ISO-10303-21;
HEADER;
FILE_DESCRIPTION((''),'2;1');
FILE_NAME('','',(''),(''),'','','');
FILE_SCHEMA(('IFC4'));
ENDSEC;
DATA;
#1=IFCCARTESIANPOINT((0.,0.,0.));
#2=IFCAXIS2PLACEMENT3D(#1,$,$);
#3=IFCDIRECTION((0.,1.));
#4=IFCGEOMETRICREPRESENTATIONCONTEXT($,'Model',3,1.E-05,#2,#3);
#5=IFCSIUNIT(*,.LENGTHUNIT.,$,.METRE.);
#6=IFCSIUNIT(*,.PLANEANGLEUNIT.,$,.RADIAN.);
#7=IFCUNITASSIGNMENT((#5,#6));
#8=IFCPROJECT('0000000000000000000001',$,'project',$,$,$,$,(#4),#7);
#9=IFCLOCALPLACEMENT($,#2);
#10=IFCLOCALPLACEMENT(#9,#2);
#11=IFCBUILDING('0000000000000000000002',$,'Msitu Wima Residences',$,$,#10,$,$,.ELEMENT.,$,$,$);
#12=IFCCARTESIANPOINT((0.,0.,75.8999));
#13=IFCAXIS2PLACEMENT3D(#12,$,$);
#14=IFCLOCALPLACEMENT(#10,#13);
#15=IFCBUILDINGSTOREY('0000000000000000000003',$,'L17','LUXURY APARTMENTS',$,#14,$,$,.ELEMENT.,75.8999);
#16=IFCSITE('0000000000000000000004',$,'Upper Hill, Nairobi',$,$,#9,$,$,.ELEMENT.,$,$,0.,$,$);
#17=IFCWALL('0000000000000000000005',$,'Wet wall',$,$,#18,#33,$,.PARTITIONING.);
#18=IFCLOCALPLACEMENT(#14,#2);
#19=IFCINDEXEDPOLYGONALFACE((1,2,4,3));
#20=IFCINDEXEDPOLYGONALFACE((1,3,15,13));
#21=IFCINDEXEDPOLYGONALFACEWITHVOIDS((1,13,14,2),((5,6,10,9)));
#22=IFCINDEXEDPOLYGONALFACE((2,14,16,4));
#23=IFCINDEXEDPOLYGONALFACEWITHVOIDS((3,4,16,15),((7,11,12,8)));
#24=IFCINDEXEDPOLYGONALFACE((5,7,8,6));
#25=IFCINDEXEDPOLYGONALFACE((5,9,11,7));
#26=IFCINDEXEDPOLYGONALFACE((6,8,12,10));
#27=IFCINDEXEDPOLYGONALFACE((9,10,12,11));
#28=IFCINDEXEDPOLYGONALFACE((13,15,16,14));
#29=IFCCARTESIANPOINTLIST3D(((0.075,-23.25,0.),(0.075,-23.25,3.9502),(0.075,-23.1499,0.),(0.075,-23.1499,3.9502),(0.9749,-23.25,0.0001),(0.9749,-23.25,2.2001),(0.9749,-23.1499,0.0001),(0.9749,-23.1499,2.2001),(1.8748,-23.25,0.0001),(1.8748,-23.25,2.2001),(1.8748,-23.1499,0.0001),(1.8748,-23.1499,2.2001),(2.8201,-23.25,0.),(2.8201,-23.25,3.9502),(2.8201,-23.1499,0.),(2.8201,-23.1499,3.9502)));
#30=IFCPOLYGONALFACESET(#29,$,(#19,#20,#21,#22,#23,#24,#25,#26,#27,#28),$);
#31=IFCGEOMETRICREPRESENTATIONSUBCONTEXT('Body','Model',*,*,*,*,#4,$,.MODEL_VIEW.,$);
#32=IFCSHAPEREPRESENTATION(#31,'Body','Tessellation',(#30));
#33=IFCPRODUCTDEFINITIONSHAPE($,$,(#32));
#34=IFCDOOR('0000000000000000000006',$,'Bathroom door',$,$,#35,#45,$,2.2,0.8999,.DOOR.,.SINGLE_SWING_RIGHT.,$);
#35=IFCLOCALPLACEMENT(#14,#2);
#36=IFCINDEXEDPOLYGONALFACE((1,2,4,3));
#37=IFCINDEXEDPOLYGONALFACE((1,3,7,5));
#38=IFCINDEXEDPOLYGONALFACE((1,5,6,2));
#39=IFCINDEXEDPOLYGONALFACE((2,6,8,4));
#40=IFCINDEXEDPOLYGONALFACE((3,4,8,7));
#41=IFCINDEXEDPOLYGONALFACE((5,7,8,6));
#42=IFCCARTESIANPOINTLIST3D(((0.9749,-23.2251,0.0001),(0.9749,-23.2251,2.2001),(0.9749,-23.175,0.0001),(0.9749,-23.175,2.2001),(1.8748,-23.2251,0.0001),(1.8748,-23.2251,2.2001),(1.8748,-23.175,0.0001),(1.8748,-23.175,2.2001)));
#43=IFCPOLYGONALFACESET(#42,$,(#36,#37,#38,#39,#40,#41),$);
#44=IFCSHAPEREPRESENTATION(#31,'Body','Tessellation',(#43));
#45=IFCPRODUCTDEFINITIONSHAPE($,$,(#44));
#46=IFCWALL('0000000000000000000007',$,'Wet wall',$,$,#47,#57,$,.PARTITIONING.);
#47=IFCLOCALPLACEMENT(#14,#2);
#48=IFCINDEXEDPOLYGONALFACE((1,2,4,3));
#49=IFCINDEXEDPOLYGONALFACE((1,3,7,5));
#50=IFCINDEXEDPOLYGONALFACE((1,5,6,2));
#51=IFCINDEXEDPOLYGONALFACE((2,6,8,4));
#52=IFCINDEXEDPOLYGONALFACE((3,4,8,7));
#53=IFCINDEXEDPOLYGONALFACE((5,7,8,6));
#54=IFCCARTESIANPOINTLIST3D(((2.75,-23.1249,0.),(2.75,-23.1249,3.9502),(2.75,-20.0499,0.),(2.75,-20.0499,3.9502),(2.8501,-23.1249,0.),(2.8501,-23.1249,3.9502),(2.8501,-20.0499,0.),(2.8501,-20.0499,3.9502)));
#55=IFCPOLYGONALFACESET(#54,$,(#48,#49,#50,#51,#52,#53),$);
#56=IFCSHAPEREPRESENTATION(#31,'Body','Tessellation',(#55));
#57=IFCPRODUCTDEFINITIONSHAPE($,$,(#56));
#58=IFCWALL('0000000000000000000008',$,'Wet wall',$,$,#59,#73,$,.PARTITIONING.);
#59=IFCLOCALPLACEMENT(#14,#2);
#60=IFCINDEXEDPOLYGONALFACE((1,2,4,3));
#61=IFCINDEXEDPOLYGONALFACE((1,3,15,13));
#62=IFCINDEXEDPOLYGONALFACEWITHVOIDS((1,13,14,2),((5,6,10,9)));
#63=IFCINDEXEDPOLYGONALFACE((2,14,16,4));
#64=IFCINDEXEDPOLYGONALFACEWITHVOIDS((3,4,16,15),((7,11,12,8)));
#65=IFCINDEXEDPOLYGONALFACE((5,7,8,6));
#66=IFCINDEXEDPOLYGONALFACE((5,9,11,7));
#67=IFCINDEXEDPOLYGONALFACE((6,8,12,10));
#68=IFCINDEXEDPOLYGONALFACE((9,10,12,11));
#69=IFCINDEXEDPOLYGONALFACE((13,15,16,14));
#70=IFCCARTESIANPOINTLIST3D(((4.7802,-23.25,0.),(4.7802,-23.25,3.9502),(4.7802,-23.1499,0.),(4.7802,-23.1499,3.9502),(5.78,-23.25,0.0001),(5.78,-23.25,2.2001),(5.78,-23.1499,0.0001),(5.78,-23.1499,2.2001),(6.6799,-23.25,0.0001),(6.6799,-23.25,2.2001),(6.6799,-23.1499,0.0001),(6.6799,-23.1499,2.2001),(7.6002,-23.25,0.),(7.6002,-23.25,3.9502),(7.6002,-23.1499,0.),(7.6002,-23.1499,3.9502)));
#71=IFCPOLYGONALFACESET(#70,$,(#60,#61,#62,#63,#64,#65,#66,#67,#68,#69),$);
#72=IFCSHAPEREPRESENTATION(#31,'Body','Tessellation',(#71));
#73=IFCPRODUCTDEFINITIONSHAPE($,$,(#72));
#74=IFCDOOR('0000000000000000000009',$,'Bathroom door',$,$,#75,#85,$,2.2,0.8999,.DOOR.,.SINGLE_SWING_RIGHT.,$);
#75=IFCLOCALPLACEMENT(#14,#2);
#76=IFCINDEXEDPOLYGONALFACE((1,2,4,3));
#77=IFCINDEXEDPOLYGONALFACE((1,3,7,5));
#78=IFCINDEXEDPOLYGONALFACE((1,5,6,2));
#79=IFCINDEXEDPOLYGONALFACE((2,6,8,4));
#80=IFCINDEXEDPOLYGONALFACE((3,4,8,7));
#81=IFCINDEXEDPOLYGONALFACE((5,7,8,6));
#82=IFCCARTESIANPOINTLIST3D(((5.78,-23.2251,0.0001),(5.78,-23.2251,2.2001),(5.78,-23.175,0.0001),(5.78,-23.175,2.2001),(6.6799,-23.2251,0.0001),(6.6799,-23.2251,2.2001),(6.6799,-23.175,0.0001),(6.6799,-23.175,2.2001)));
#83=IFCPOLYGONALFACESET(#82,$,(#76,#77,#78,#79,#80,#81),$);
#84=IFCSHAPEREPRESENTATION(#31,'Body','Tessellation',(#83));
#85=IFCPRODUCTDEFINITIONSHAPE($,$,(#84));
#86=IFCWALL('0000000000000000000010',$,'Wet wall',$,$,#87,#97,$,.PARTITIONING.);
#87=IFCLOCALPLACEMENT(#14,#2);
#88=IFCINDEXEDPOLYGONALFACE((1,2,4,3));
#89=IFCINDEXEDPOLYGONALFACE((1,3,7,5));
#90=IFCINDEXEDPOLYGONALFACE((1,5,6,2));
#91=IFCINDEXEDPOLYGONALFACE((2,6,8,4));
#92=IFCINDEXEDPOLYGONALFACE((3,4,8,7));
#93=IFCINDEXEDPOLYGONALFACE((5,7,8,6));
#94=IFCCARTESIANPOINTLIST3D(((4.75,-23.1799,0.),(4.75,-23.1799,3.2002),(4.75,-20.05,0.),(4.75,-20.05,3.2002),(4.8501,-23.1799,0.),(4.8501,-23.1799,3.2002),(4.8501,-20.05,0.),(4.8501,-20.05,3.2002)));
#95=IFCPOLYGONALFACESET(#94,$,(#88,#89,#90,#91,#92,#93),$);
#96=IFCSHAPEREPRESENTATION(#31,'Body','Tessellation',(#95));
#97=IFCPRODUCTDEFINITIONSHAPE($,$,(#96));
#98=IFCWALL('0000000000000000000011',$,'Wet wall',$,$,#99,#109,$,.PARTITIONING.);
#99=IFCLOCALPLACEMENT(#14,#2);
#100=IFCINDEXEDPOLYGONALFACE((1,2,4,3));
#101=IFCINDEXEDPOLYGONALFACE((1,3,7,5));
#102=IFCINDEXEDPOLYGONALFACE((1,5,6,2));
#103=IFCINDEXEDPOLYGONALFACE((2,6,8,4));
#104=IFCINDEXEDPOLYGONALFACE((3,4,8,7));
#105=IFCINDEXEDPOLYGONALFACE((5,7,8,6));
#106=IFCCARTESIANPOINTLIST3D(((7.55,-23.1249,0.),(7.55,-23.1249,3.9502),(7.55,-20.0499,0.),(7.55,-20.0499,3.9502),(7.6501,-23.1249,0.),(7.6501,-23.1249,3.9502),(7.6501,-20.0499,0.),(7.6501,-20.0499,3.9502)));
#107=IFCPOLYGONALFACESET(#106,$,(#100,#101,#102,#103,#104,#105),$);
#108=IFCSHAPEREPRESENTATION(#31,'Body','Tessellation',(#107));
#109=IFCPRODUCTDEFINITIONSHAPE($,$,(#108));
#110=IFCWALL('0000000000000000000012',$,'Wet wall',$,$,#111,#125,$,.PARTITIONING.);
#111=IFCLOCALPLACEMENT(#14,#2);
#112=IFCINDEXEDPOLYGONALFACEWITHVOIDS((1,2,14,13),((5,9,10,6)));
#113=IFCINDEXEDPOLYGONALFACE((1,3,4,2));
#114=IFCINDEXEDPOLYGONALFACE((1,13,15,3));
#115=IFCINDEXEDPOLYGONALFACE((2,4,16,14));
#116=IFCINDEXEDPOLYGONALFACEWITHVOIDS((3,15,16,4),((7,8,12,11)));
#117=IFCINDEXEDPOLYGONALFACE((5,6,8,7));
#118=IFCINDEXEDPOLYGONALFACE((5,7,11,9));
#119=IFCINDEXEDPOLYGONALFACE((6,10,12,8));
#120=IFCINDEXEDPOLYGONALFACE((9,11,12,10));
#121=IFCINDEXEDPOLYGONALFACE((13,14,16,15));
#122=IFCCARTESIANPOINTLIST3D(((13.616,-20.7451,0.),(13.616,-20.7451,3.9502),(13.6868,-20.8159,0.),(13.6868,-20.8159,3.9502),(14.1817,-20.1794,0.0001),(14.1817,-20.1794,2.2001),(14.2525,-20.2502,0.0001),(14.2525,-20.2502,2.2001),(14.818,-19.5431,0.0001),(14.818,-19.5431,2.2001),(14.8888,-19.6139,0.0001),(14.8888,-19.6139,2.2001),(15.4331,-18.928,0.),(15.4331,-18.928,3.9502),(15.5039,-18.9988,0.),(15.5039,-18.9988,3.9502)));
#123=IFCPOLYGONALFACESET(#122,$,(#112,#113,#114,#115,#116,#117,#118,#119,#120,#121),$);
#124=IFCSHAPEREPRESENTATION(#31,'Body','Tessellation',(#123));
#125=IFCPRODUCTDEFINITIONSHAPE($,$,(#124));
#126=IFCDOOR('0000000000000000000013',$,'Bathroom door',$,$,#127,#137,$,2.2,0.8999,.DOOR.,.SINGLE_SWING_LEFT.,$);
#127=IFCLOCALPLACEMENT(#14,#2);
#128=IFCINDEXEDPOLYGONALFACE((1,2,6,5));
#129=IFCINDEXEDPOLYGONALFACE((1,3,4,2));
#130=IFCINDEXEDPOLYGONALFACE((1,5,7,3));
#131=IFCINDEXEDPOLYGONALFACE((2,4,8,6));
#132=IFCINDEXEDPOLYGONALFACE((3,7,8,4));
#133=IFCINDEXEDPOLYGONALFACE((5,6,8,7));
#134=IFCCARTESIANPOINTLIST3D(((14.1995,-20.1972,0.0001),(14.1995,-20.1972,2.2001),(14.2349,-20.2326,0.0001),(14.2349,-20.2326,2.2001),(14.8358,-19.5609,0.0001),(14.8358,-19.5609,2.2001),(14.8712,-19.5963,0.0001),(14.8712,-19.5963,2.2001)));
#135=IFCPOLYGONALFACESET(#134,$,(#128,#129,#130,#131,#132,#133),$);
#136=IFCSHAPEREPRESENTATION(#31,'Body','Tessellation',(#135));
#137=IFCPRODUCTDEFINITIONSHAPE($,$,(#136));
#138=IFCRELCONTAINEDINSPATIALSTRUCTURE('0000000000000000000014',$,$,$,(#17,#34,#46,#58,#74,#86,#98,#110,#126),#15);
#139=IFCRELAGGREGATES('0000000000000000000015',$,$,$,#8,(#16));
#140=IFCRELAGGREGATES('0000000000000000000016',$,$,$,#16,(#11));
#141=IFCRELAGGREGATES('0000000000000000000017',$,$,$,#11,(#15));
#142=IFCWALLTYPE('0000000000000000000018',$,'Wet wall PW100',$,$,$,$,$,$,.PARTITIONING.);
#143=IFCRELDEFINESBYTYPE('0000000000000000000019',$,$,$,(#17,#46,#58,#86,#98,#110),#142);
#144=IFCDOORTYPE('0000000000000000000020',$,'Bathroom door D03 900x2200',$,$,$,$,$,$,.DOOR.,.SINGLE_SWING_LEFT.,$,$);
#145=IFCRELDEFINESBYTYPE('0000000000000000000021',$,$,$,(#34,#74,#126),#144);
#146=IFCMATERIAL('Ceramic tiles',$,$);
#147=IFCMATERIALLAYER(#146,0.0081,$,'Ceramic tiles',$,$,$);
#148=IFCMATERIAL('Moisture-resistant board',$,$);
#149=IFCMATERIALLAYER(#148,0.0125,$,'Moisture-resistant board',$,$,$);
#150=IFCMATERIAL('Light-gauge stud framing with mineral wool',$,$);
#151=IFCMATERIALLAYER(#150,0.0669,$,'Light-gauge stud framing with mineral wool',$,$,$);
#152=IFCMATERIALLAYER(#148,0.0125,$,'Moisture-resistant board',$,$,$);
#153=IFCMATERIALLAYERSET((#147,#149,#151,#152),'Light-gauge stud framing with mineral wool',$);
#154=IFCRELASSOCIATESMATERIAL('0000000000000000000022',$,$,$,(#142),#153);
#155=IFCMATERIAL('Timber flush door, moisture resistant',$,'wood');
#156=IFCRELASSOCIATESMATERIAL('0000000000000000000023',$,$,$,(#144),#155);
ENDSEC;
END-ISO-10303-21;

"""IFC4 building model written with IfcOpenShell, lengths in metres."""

from ifc_helpers import new_model, si_unit, direction, frame, frame_2d, origin, place, context, subcontext, project, spatial, rectangle, extrude, material, layer, layer_set, type_object, element, fill, save


model = new_model("IFC4")

# Units and contexts
model_context = context("Model", 3, precision=1e-05, world=origin(), true_north=direction((0.0, 1.0)))
body_context = subcontext(model_context, "Body", "Model", "MODEL_VIEW")
ifc_project = project(units=[si_unit("LENGTHUNIT", "METRE"), si_unit("PLANEANGLEUNIT", "RADIAN")], contexts=[model_context])

# Site, building, storey
site_placement = place(None, origin())
site = spatial("IfcSite", under=ifc_project, at=site_placement, Name="Upper Hill, Nairobi", CompositionType="ELEMENT", RefElevation=0.0)
building_placement = place(site_placement, origin())
building = spatial("IfcBuilding", under=site, at=building_placement, Name="Msitu Wima Residences", CompositionType="ELEMENT")
storey_placement = place(building_placement, frame((0.0, 0.0, 75.8999)))
storey = spatial("IfcBuildingStorey", under=building, at=storey_placement, Name="L17", Description="LUXURY APARTMENTS", CompositionType="ELEMENT", Elevation=75.8999)

# Shared definitions
ifc_material_1 = material(Name="Ceramic tiles")
ifc_layer_1 = layer(ifc_material_1, 0.0081, Name="Ceramic tiles")
ifc_material_2 = material(Name="Moisture-resistant board")
ifc_layer_2 = layer(ifc_material_2, 0.0125, Name="Moisture-resistant board")
ifc_material_3 = material(Name="Light-gauge stud framing with mineral wool")
ifc_layer_3 = layer(ifc_material_3, 0.0669, Name="Light-gauge stud framing with mineral wool")
ifc_layer_4 = layer(ifc_material_2, 0.0125, Name="Moisture-resistant board")
ifc_layer_set_1 = layer_set([ifc_layer_1, ifc_layer_2, ifc_layer_3, ifc_layer_4], Name="Light-gauge stud framing with mineral wool")
wall_type_1 = type_object("IfcWallType", Name="Wet wall PW100", PredefinedType="PARTITIONING", material=ifc_layer_set_1)

# Wall, opening, door
wall_1_placement = place(storey_placement, frame((0.075, -23.2, 0.0), z_axis=(0.0, 0.0, 1.0), x_axis=(1.0, 0.0, 0.0)))
wall_1 = element("IfcWall", 1, at=wall_1_placement, inside=storey, type_object=wall_type_1, Name="Wet wall", PredefinedType="PARTITIONING", context=body_context, shape_type="SweptSolid", body=[
    extrude(rectangle(XDim=2.7451, YDim=0.1001, at=frame_2d((1.3726, 0.0))), origin(), (0.0, 0.0, 1.0), 3.9502),
])
opening_1_placement = place(wall_1_placement, frame((0.8999, 0.0, 0.0)))
opening_1 = element("IfcOpeningElement", 2, at=opening_1_placement, cuts=wall_1, PredefinedType="OPENING", context=body_context, shape_type="SweptSolid", body=[
    extrude(rectangle(XDim=0.8999, YDim=2.2, at=frame_2d((0.45, 1.1001))), frame((0.0, 0.0601, 0.0), z_axis=(0.0, -1.0, 0.0), x_axis=(1.0, 0.0, 0.0)), (0.0, 0.0, 1.0), 0.1201),
])
ifc_material_4 = material(Name="Timber flush door, moisture resistant", Category="wood")
door_type_1 = type_object("IfcDoorType", Name="Bathroom door D03 900x2200", OperationType="SINGLE_SWING_LEFT", PredefinedType="DOOR", material=ifc_material_4)
door_1_placement = place(opening_1_placement, origin())
door_1 = element("IfcDoor", 3, at=door_1_placement, inside=storey, type_object=door_type_1, Name="Bathroom door", OperationType="SINGLE_SWING_RIGHT", OverallHeight=2.2, OverallWidth=0.8999, PredefinedType="DOOR", context=body_context, shape_type="SweptSolid", body=[
    extrude(rectangle(XDim=0.8999, YDim=2.2, at=frame_2d((0.45, 1.1001))), frame((0.0, 0.0249, 0.0), z_axis=(0.0, -1.0, 0.0), x_axis=(1.0, 0.0, 0.0)), (0.0, 0.0, 1.0), 0.05),
])
fill(opening_1, door_1)

# Wall
wall_2_placement = place(storey_placement, frame((2.8, -23.125, 0.0), z_axis=(0.0, 0.0, 1.0), x_axis=(0.0, 1.0, 0.0)))
element("IfcWall", 4, at=wall_2_placement, inside=storey, type_object=wall_type_1, Name="Wet wall", PredefinedType="PARTITIONING", context=body_context, shape_type="SweptSolid", body=[
    extrude(rectangle(XDim=3.075, YDim=0.1001, at=frame_2d((1.5376, 0.0))), origin(), (0.0, 0.0, 1.0), 3.9502),
])

# Wall, opening, door
wall_3_placement = place(storey_placement, frame((4.78, -23.2, 0.0), z_axis=(0.0, 0.0, 1.0), x_axis=(1.0, 0.0, 0.0)))
wall_3 = element("IfcWall", 5, at=wall_3_placement, inside=storey, type_object=wall_type_1, Name="Wet wall", PredefinedType="PARTITIONING", context=body_context, shape_type="SweptSolid", body=[
    extrude(rectangle(XDim=2.8201, YDim=0.1001, at=frame_2d((1.4102, 0.0))), origin(), (0.0, 0.0, 1.0), 3.9502),
])
opening_2_placement = place(wall_3_placement, frame((1.0, 0.0, 0.0)))
opening_2 = element("IfcOpeningElement", 6, at=opening_2_placement, cuts=wall_3, PredefinedType="OPENING", context=body_context, shape_type="SweptSolid", body=[
    extrude(rectangle(XDim=0.8999, YDim=2.2, at=frame_2d((0.45, 1.1001))), frame((0.0, 0.0601, 0.0), z_axis=(0.0, -1.0, 0.0), x_axis=(1.0, 0.0, 0.0)), (0.0, 0.0, 1.0), 0.1201),
])
door_2_placement = place(opening_2_placement, origin())
door_2 = element("IfcDoor", 7, at=door_2_placement, inside=storey, type_object=door_type_1, Name="Bathroom door", OperationType="SINGLE_SWING_RIGHT", OverallHeight=2.2, OverallWidth=0.8999, PredefinedType="DOOR", context=body_context, shape_type="SweptSolid", body=[
    extrude(rectangle(XDim=0.8999, YDim=2.2, at=frame_2d((0.45, 1.1001))), frame((0.0, 0.0249, 0.0), z_axis=(0.0, -1.0, 0.0), x_axis=(1.0, 0.0, 0.0)), (0.0, 0.0, 1.0), 0.05),
])
fill(opening_2, door_2)

# Walls
wall_4_placement = place(storey_placement, frame((4.8, -23.1799, 0.0), z_axis=(0.0, 0.0, 1.0), x_axis=(0.0, 1.0, 0.0)))
element("IfcWall", 8, at=wall_4_placement, inside=storey, type_object=wall_type_1, Name="Wet wall", PredefinedType="PARTITIONING", context=body_context, shape_type="SweptSolid", body=[
    extrude(rectangle(XDim=3.1299, YDim=0.1001, at=frame_2d((1.5649, 0.0))), origin(), (0.0, 0.0, 1.0), 3.2002),
])
wall_5_placement = place(storey_placement, frame((7.6001, -23.125, 0.0), z_axis=(0.0, 0.0, 1.0), x_axis=(0.0, 1.0, 0.0)))
element("IfcWall", 9, at=wall_5_placement, inside=storey, type_object=wall_type_1, Name="Wet wall", PredefinedType="PARTITIONING", context=body_context, shape_type="SweptSolid", body=[
    extrude(rectangle(XDim=3.075, YDim=0.1001, at=frame_2d((1.5376, 0.0))), origin(), (0.0, 0.0, 1.0), 3.9502),
])

# Wall, opening, door
wall_6_placement = place(storey_placement, frame((13.6514, -20.7805, 0.0), z_axis=(0.0, 0.0, 1.0), x_axis=(0.707107, 0.707107, 0.0)))
wall_6 = element("IfcWall", 10, at=wall_6_placement, inside=storey, type_object=wall_type_1, Name="Wet wall", PredefinedType="PARTITIONING", context=body_context, shape_type="SweptSolid", body=[
    extrude(rectangle(XDim=2.5698, YDim=0.1001, at=frame_2d((1.2849, 0.0))), origin(), (0.0, 0.0, 1.0), 3.9502),
])
opening_3_placement = place(wall_6_placement, frame((0.8, 0.0, 0.0)))
opening_3 = element("IfcOpeningElement", 11, at=opening_3_placement, cuts=wall_6, PredefinedType="OPENING", context=body_context, shape_type="SweptSolid", body=[
    extrude(rectangle(XDim=0.8999, YDim=2.2, at=frame_2d((0.45, 1.1001))), frame((0.0, 0.0601, 0.0), z_axis=(0.0, -1.0, 0.0), x_axis=(1.0, 0.0, 0.0)), (0.0, 0.0, 1.0), 0.1201),
])
door_3_placement = place(opening_3_placement, origin())
door_3 = element("IfcDoor", 12, at=door_3_placement, inside=storey, type_object=door_type_1, Name="Bathroom door", OperationType="SINGLE_SWING_LEFT", OverallHeight=2.2, OverallWidth=0.8999, PredefinedType="DOOR", context=body_context, shape_type="SweptSolid", body=[
    extrude(rectangle(XDim=0.8999, YDim=2.2, at=frame_2d((0.45, 1.1001))), frame((0.0, 0.0249, 0.0), z_axis=(0.0, -1.0, 0.0), x_axis=(1.0, 0.0, 0.0)), (0.0, 0.0, 1.0), 0.05),
])
fill(opening_3, door_3)

save(model, "model.ifc")
